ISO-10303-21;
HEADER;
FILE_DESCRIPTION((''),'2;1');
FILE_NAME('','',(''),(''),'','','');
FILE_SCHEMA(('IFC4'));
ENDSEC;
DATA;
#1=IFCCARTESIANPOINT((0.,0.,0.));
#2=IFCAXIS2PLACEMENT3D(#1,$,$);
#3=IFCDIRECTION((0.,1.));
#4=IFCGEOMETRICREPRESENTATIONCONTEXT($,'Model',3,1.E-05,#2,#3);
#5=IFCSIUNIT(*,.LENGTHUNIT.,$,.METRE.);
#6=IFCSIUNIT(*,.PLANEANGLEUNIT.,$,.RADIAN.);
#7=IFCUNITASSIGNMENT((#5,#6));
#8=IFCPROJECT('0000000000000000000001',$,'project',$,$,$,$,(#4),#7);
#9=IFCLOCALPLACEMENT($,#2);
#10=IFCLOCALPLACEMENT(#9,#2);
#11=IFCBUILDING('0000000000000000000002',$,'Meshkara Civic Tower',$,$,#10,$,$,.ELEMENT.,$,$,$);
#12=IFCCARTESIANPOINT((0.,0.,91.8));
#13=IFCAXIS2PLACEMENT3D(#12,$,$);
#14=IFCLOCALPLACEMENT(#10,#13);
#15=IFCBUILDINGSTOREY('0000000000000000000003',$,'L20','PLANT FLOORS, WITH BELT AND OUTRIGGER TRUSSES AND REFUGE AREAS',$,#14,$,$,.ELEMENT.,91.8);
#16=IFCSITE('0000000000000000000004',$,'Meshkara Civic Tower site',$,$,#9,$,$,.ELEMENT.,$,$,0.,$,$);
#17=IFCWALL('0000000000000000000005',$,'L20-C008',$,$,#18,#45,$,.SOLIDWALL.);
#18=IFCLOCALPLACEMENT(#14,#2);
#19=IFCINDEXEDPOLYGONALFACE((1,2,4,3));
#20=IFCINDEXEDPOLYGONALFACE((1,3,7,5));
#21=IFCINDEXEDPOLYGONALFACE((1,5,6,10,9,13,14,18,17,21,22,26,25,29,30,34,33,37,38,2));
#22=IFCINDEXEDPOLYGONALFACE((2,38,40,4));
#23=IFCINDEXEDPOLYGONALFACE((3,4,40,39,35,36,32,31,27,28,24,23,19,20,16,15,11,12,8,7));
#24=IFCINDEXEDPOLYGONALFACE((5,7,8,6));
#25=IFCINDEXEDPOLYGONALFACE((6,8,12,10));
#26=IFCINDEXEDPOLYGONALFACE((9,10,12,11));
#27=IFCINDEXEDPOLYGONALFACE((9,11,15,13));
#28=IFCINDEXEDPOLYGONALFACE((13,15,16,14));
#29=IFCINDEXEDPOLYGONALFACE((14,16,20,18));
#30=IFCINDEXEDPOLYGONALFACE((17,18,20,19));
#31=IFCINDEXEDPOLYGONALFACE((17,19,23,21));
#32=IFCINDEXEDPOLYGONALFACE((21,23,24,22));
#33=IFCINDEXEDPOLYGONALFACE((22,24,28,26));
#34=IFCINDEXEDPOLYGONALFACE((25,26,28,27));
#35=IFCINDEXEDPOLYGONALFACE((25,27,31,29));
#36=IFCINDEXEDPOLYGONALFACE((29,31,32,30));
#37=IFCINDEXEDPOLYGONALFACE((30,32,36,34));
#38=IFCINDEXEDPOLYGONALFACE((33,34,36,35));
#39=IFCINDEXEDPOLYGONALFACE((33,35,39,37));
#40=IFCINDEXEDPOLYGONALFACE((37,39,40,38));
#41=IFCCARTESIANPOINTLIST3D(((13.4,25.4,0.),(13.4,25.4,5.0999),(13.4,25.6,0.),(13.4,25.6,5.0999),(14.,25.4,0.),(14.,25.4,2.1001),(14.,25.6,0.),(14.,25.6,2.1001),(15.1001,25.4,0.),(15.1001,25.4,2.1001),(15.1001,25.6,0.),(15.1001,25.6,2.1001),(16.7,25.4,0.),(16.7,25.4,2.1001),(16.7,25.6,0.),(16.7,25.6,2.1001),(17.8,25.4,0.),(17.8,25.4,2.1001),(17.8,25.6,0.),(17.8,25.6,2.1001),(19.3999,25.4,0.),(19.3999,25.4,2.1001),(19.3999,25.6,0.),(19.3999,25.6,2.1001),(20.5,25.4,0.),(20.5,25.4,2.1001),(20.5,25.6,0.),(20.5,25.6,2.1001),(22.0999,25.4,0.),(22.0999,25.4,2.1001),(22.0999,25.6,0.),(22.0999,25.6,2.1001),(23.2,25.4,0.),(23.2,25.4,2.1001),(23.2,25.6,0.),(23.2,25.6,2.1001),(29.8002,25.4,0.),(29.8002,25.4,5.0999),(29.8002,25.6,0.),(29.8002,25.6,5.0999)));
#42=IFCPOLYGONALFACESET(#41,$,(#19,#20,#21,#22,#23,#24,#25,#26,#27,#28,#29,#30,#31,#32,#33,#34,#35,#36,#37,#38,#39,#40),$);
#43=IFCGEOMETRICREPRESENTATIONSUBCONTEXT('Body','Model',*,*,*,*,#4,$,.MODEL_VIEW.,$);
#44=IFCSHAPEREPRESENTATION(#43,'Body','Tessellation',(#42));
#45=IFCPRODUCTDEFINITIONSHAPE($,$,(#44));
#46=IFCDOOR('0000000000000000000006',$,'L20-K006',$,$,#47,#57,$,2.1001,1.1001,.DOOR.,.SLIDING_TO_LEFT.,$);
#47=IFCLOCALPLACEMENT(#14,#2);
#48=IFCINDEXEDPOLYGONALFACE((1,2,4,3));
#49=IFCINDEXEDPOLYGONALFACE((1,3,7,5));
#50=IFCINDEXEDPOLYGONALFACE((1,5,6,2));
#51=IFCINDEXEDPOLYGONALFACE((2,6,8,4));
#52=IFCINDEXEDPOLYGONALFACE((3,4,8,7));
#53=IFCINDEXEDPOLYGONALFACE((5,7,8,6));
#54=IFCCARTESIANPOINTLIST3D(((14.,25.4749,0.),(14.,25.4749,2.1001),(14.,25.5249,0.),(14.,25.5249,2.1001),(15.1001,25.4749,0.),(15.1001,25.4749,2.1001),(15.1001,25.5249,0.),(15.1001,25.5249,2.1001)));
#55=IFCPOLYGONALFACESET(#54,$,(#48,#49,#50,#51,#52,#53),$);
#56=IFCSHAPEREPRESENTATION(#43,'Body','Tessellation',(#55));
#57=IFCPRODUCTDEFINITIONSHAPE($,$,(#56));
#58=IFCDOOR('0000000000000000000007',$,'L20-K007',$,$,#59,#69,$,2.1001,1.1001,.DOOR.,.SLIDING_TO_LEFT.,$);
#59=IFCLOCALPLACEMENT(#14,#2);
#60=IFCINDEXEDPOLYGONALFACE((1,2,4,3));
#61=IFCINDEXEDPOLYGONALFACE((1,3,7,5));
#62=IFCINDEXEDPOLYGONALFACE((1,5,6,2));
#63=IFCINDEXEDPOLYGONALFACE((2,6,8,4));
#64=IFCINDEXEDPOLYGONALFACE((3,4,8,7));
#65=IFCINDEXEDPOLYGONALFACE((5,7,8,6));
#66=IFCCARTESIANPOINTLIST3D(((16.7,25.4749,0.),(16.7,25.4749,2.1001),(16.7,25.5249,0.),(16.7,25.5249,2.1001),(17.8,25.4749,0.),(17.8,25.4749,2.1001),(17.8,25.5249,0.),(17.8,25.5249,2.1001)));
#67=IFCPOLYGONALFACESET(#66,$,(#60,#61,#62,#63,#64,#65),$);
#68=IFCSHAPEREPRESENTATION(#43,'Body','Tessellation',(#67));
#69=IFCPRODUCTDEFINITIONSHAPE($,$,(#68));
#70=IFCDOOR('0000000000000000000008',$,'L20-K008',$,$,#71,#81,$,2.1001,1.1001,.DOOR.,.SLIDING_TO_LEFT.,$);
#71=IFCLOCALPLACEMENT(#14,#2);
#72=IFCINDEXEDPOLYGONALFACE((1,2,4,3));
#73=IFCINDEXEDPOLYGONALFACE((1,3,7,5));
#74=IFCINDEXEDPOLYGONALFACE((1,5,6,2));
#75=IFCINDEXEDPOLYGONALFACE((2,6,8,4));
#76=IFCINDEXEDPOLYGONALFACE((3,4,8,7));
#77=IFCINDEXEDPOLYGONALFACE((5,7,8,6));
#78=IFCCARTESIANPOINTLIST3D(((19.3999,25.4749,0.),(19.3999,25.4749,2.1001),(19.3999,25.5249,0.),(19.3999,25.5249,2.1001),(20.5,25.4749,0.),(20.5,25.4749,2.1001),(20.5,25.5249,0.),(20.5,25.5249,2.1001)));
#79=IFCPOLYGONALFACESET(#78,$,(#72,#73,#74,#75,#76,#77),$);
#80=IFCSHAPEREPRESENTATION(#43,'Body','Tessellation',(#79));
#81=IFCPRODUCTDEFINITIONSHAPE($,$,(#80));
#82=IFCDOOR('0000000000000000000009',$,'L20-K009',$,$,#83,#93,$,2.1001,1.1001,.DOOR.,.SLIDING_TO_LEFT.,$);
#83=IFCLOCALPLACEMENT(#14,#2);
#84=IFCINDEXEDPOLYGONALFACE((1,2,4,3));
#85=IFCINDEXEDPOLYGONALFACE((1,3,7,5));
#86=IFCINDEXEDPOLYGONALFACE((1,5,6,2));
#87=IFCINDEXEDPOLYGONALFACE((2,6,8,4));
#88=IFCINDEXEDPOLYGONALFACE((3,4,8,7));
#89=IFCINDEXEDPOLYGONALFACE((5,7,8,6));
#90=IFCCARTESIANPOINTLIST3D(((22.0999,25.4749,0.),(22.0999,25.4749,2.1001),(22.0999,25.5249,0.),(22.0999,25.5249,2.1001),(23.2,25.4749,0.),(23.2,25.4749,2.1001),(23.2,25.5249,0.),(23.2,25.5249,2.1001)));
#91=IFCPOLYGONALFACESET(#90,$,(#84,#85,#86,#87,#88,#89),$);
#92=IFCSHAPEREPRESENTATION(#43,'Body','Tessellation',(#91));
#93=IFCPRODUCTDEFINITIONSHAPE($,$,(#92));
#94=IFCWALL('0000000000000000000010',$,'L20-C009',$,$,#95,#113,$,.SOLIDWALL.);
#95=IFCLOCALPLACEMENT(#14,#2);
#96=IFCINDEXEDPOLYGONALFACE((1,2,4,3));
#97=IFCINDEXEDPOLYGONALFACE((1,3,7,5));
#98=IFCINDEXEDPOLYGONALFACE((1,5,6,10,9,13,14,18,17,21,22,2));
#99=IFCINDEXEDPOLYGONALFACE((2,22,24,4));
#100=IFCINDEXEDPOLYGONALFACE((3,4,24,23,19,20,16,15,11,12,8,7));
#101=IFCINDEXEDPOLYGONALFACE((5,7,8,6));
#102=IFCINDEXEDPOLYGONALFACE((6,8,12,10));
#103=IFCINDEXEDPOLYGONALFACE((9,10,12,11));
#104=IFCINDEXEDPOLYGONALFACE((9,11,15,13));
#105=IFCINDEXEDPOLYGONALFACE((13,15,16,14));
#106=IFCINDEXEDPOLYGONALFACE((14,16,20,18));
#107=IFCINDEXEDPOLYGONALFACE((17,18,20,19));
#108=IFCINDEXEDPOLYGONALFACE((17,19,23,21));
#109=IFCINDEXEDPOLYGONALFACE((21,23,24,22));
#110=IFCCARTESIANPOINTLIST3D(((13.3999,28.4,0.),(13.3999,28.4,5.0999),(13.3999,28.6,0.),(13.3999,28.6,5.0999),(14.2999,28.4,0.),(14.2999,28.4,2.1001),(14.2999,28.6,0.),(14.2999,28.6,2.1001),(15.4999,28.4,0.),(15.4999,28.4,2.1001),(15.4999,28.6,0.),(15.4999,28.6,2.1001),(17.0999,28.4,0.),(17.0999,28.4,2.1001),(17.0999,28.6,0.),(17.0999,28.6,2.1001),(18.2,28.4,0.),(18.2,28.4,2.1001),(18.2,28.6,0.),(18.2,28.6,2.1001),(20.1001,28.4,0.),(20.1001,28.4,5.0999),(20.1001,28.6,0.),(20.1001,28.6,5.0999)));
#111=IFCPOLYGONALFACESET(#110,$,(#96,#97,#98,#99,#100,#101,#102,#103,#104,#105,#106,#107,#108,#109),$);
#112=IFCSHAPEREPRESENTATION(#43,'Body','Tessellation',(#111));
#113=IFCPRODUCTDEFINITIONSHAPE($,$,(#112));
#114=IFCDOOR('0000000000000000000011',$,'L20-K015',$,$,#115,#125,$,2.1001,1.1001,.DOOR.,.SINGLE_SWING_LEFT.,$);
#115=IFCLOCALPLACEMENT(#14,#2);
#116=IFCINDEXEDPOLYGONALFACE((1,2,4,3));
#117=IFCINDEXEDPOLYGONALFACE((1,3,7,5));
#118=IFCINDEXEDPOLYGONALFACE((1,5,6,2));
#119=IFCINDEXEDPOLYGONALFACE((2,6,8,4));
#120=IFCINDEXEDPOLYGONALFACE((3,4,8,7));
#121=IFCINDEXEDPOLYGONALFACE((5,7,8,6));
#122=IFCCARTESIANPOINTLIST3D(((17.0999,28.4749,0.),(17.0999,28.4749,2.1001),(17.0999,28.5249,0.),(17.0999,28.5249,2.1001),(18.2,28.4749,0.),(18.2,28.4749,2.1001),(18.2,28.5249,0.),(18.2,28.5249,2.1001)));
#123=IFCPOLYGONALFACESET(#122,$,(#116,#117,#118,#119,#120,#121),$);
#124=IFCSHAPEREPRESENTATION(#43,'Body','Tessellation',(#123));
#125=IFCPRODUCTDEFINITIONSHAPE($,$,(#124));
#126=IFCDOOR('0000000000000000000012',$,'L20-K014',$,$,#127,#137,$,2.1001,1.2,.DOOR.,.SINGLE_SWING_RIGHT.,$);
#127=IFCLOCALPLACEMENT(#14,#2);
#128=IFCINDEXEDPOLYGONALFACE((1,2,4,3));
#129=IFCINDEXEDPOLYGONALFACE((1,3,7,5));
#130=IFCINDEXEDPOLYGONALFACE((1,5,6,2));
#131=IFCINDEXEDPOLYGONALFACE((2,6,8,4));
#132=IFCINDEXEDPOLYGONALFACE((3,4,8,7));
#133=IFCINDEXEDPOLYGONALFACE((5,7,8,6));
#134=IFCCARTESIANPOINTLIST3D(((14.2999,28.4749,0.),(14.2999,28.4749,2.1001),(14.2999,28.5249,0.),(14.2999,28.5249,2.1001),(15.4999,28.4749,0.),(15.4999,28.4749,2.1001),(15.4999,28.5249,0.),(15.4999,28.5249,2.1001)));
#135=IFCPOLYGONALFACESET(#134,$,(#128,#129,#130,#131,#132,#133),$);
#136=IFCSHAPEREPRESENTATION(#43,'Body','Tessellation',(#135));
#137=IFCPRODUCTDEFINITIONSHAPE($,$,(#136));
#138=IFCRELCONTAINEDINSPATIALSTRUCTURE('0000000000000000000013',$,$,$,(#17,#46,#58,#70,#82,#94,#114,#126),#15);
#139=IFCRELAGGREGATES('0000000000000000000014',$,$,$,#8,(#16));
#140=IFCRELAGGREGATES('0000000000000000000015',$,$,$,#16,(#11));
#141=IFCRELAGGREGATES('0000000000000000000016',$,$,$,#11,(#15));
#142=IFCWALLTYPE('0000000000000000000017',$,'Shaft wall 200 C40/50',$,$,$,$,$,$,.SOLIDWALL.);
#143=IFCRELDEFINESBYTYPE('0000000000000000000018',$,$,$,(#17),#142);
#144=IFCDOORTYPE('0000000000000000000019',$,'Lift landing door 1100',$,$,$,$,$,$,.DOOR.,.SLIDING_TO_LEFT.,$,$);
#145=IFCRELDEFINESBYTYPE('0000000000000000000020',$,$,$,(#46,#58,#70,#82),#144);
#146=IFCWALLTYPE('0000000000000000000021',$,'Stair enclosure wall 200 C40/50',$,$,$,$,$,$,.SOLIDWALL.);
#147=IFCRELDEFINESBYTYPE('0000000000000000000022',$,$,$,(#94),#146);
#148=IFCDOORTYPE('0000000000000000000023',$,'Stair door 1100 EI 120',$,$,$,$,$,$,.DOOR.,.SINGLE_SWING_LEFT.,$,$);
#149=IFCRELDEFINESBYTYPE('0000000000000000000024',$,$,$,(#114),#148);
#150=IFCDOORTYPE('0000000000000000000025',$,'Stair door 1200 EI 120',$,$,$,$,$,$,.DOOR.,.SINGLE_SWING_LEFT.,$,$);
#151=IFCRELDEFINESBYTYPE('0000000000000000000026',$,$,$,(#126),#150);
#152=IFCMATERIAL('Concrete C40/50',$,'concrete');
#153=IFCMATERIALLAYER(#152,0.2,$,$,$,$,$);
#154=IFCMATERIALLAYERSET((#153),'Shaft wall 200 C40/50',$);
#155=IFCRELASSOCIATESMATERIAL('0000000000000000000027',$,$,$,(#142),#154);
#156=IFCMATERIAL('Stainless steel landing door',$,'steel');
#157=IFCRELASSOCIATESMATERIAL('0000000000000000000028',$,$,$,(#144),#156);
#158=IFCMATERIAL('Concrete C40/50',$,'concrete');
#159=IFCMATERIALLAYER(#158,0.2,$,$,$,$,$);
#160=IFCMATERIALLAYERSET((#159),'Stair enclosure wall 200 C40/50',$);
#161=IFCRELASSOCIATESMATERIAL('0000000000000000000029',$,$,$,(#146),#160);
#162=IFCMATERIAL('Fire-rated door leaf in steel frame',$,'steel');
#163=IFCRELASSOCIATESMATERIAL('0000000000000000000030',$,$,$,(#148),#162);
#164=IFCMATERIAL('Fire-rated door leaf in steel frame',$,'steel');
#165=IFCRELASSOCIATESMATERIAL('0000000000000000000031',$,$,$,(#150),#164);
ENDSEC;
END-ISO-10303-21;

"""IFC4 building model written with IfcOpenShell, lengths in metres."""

from ifc_helpers import new_model, si_unit, direction, frame, frame_2d, origin, place, context, subcontext, project, spatial, rectangle, extrude, material, layer, layer_set, type_object, element, fill, save


model = new_model("IFC4")

# Units and contexts
model_context = context("Model", 3, precision=1e-05, world=origin(), true_north=direction((0.0, 1.0)))
body_context = subcontext(model_context, "Body", "Model", "MODEL_VIEW")
ifc_project = project(units=[si_unit("LENGTHUNIT", "METRE"), si_unit("PLANEANGLEUNIT", "RADIAN")], contexts=[model_context])

# Site, building, storey
site_placement = place(None, origin())
site = spatial("IfcSite", under=ifc_project, at=site_placement, Name="Meshkara Civic Tower site", CompositionType="ELEMENT", RefElevation=0.0)
building_placement = place(site_placement, origin())
building = spatial("IfcBuilding", under=site, at=building_placement, Name="Meshkara Civic Tower", CompositionType="ELEMENT")
storey_placement = place(building_placement, frame((0.0, 0.0, 91.8)))
storey = spatial("IfcBuildingStorey", under=building, at=storey_placement, Name="L20", Description="PLANT FLOORS, WITH BELT AND OUTRIGGER TRUSSES AND REFUGE AREAS", CompositionType="ELEMENT", Elevation=91.8)

# Walls, openings, doors
ifc_material_1 = material(Name="Concrete C40/50", Category="concrete")
ifc_layer_1 = layer(ifc_material_1, 0.2)
ifc_layer_set_1 = layer_set([ifc_layer_1], Name="Shaft wall 200 C40/50")
wall_type_1 = type_object("IfcWallType", Name="Shaft wall 200 C40/50", PredefinedType="SOLIDWALL", material=ifc_layer_set_1)
wall_1_placement = place(storey_placement, frame((13.3999, 25.5, 0.0), z_axis=(0.0, 0.0, 1.0), x_axis=(1.0, 0.0, 0.0)))
wall_1 = element("IfcWall", 1, at=wall_1_placement, inside=storey, type_object=wall_type_1, Name="L20-C008", PredefinedType="SOLIDWALL", context=body_context, shape_type="SweptSolid", body=[
    extrude(rectangle(XDim=16.4001, YDim=0.2, at=frame_2d((8.2002, 0.0))), origin(), (0.0, 0.0, 1.0), 5.0999),
])
opening_1_placement = place(wall_1_placement, frame((0.6001, 0.0, 0.0)))
opening_1 = element("IfcOpeningElement", 2, at=opening_1_placement, cuts=wall_1, PredefinedType="OPENING", context=body_context, shape_type="SweptSolid", body=[
    extrude(rectangle(XDim=1.1001, YDim=2.1001, at=frame_2d((0.55, 1.05))), frame((0.0, 0.1099, 0.0), z_axis=(0.0, -1.0, 0.0), x_axis=(1.0, 0.0, 0.0)), (0.0, 0.0, 1.0), 0.22),
])
opening_2_placement = place(wall_1_placement, frame((3.3, 0.0, 0.0)))
opening_2 = element("IfcOpeningElement", 3, at=opening_2_placement, cuts=wall_1, PredefinedType="OPENING", context=body_context, shape_type="SweptSolid", body=[
    extrude(rectangle(XDim=1.1001, YDim=2.1001, at=frame_2d((0.55, 1.05))), frame((0.0, 0.1099, 0.0), z_axis=(0.0, -1.0, 0.0), x_axis=(1.0, 0.0, 0.0)), (0.0, 0.0, 1.0), 0.22),
])
opening_3_placement = place(wall_1_placement, frame((6.0, 0.0, 0.0)))
opening_3 = element("IfcOpeningElement", 4, at=opening_3_placement, cuts=wall_1, PredefinedType="OPENING", context=body_context, shape_type="SweptSolid", body=[
    extrude(rectangle(XDim=1.1001, YDim=2.1001, at=frame_2d((0.55, 1.05))), frame((0.0, 0.1099, 0.0), z_axis=(0.0, -1.0, 0.0), x_axis=(1.0, 0.0, 0.0)), (0.0, 0.0, 1.0), 0.22),
])
opening_4_placement = place(wall_1_placement, frame((8.7, 0.0, 0.0)))
opening_4 = element("IfcOpeningElement", 5, at=opening_4_placement, cuts=wall_1, PredefinedType="OPENING", context=body_context, shape_type="SweptSolid", body=[
    extrude(rectangle(XDim=1.1001, YDim=2.1001, at=frame_2d((0.55, 1.05))), frame((0.0, 0.1099, 0.0), z_axis=(0.0, -1.0, 0.0), x_axis=(1.0, 0.0, 0.0)), (0.0, 0.0, 1.0), 0.22),
])
ifc_material_2 = material(Name="Stainless steel landing door", Category="steel")
door_type_1 = type_object("IfcDoorType", Name="Lift landing door 1100", OperationType="SLIDING_TO_LEFT", PredefinedType="DOOR", material=ifc_material_2)
door_1_placement = place(opening_1_placement, origin())
door_1 = element("IfcDoor", 6, at=door_1_placement, inside=storey, type_object=door_type_1, Name="L20-K006", OperationType="SLIDING_TO_LEFT", OverallHeight=2.1001, OverallWidth=1.1001, PredefinedType="DOOR", context=body_context, shape_type="SweptSolid", body=[
    extrude(rectangle(XDim=1.1001, YDim=2.1001, at=frame_2d((0.55, 1.05))), frame((0.0, 0.0249, 0.0), z_axis=(0.0, -1.0, 0.0), x_axis=(1.0, 0.0, 0.0)), (0.0, 0.0, 1.0), 0.05),
])
fill(opening_1, door_1)
door_2_placement = place(opening_2_placement, origin())
door_2 = element("IfcDoor", 7, at=door_2_placement, inside=storey, type_object=door_type_1, Name="L20-K007", OperationType="SLIDING_TO_LEFT", OverallHeight=2.1001, OverallWidth=1.1001, PredefinedType="DOOR", context=body_context, shape_type="SweptSolid", body=[
    extrude(rectangle(XDim=1.1001, YDim=2.1001, at=frame_2d((0.55, 1.05))), frame((0.0, 0.0249, 0.0), z_axis=(0.0, -1.0, 0.0), x_axis=(1.0, 0.0, 0.0)), (0.0, 0.0, 1.0), 0.05),
])
fill(opening_2, door_2)
door_3_placement = place(opening_3_placement, origin())
door_3 = element("IfcDoor", 8, at=door_3_placement, inside=storey, type_object=door_type_1, Name="L20-K008", OperationType="SLIDING_TO_LEFT", OverallHeight=2.1001, OverallWidth=1.1001, PredefinedType="DOOR", context=body_context, shape_type="SweptSolid", body=[
    extrude(rectangle(XDim=1.1001, YDim=2.1001, at=frame_2d((0.55, 1.05))), frame((0.0, 0.0249, 0.0), z_axis=(0.0, -1.0, 0.0), x_axis=(1.0, 0.0, 0.0)), (0.0, 0.0, 1.0), 0.05),
])
fill(opening_3, door_3)
door_4_placement = place(opening_4_placement, origin())
door_4 = element("IfcDoor", 9, at=door_4_placement, inside=storey, type_object=door_type_1, Name="L20-K009", OperationType="SLIDING_TO_LEFT", OverallHeight=2.1001, OverallWidth=1.1001, PredefinedType="DOOR", context=body_context, shape_type="SweptSolid", body=[
    extrude(rectangle(XDim=1.1001, YDim=2.1001, at=frame_2d((0.55, 1.05))), frame((0.0, 0.0249, 0.0), z_axis=(0.0, -1.0, 0.0), x_axis=(1.0, 0.0, 0.0)), (0.0, 0.0, 1.0), 0.05),
])
fill(opening_4, door_4)
ifc_material_3 = material(Name="Concrete C40/50", Category="concrete")
ifc_layer_2 = layer(ifc_material_3, 0.2)
ifc_layer_set_2 = layer_set([ifc_layer_2], Name="Stair enclosure wall 200 C40/50")
wall_type_2 = type_object("IfcWallType", Name="Stair enclosure wall 200 C40/50", PredefinedType="SOLIDWALL", material=ifc_layer_set_2)
wall_2_placement = place(storey_placement, frame((13.3999, 28.5, 0.0), z_axis=(0.0, 0.0, 1.0), x_axis=(1.0, 0.0, 0.0)))
wall_2 = element("IfcWall", 10, at=wall_2_placement, inside=storey, type_object=wall_type_2, Name="L20-C009", PredefinedType="SOLIDWALL", context=body_context, shape_type="SweptSolid", body=[
    extrude(rectangle(XDim=6.7002, YDim=0.2, at=frame_2d((3.3501, 0.0))), origin(), (0.0, 0.0, 1.0), 5.0999),
])
opening_5_placement = place(wall_2_placement, frame((0.8999, 0.0, 0.0)))
opening_5 = element("IfcOpeningElement", 11, at=opening_5_placement, cuts=wall_2, PredefinedType="OPENING", context=body_context, shape_type="SweptSolid", body=[
    extrude(rectangle(XDim=1.2, YDim=2.1001, at=frame_2d((0.6001, 1.05))), frame((0.0, 0.1099, 0.0), z_axis=(0.0, -1.0, 0.0), x_axis=(1.0, 0.0, 0.0)), (0.0, 0.0, 1.0), 0.22),
])
opening_6_placement = place(wall_2_placement, frame((3.7, 0.0, 0.0)))
opening_6 = element("IfcOpeningElement", 12, at=opening_6_placement, cuts=wall_2, PredefinedType="OPENING", context=body_context, shape_type="SweptSolid", body=[
    extrude(rectangle(XDim=1.1001, YDim=2.1001, at=frame_2d((0.55, 1.05))), frame((0.0, 0.1099, 0.0), z_axis=(0.0, -1.0, 0.0), x_axis=(1.0, 0.0, 0.0)), (0.0, 0.0, 1.0), 0.22),
])
ifc_material_4 = material(Name="Fire-rated door leaf in steel frame", Category="steel")
door_type_2 = type_object("IfcDoorType", Name="Stair door 1100 EI 120", OperationType="SINGLE_SWING_LEFT", PredefinedType="DOOR", material=ifc_material_4)
door_5_placement = place(opening_6_placement, origin())
door_5 = element("IfcDoor", 13, at=door_5_placement, inside=storey, type_object=door_type_2, Name="L20-K015", OperationType="SINGLE_SWING_LEFT", OverallHeight=2.1001, OverallWidth=1.1001, PredefinedType="DOOR", context=body_context, shape_type="SweptSolid", body=[
    extrude(rectangle(XDim=1.1001, YDim=2.1001, at=frame_2d((0.55, 1.05))), frame((0.0, 0.0249, 0.0), z_axis=(0.0, -1.0, 0.0), x_axis=(1.0, 0.0, 0.0)), (0.0, 0.0, 1.0), 0.05),
])
fill(opening_6, door_5)
ifc_material_5 = material(Name="Fire-rated door leaf in steel frame", Category="steel")
door_type_3 = type_object("IfcDoorType", Name="Stair door 1200 EI 120", OperationType="SINGLE_SWING_LEFT", PredefinedType="DOOR", material=ifc_material_5)
door_6_placement = place(opening_5_placement, origin())
door_6 = element("IfcDoor", 14, at=door_6_placement, inside=storey, type_object=door_type_3, Name="L20-K014", OperationType="SINGLE_SWING_RIGHT", OverallHeight=2.1001, OverallWidth=1.2, PredefinedType="DOOR", context=body_context, shape_type="SweptSolid", body=[
    extrude(rectangle(XDim=1.2, YDim=2.1001, at=frame_2d((0.6001, 1.05))), frame((0.0, 0.0249, 0.0), z_axis=(0.0, -1.0, 0.0), x_axis=(1.0, 0.0, 0.0)), (0.0, 0.0, 1.0), 0.05),
])
fill(opening_5, door_6)

save(model, "model.ifc")
